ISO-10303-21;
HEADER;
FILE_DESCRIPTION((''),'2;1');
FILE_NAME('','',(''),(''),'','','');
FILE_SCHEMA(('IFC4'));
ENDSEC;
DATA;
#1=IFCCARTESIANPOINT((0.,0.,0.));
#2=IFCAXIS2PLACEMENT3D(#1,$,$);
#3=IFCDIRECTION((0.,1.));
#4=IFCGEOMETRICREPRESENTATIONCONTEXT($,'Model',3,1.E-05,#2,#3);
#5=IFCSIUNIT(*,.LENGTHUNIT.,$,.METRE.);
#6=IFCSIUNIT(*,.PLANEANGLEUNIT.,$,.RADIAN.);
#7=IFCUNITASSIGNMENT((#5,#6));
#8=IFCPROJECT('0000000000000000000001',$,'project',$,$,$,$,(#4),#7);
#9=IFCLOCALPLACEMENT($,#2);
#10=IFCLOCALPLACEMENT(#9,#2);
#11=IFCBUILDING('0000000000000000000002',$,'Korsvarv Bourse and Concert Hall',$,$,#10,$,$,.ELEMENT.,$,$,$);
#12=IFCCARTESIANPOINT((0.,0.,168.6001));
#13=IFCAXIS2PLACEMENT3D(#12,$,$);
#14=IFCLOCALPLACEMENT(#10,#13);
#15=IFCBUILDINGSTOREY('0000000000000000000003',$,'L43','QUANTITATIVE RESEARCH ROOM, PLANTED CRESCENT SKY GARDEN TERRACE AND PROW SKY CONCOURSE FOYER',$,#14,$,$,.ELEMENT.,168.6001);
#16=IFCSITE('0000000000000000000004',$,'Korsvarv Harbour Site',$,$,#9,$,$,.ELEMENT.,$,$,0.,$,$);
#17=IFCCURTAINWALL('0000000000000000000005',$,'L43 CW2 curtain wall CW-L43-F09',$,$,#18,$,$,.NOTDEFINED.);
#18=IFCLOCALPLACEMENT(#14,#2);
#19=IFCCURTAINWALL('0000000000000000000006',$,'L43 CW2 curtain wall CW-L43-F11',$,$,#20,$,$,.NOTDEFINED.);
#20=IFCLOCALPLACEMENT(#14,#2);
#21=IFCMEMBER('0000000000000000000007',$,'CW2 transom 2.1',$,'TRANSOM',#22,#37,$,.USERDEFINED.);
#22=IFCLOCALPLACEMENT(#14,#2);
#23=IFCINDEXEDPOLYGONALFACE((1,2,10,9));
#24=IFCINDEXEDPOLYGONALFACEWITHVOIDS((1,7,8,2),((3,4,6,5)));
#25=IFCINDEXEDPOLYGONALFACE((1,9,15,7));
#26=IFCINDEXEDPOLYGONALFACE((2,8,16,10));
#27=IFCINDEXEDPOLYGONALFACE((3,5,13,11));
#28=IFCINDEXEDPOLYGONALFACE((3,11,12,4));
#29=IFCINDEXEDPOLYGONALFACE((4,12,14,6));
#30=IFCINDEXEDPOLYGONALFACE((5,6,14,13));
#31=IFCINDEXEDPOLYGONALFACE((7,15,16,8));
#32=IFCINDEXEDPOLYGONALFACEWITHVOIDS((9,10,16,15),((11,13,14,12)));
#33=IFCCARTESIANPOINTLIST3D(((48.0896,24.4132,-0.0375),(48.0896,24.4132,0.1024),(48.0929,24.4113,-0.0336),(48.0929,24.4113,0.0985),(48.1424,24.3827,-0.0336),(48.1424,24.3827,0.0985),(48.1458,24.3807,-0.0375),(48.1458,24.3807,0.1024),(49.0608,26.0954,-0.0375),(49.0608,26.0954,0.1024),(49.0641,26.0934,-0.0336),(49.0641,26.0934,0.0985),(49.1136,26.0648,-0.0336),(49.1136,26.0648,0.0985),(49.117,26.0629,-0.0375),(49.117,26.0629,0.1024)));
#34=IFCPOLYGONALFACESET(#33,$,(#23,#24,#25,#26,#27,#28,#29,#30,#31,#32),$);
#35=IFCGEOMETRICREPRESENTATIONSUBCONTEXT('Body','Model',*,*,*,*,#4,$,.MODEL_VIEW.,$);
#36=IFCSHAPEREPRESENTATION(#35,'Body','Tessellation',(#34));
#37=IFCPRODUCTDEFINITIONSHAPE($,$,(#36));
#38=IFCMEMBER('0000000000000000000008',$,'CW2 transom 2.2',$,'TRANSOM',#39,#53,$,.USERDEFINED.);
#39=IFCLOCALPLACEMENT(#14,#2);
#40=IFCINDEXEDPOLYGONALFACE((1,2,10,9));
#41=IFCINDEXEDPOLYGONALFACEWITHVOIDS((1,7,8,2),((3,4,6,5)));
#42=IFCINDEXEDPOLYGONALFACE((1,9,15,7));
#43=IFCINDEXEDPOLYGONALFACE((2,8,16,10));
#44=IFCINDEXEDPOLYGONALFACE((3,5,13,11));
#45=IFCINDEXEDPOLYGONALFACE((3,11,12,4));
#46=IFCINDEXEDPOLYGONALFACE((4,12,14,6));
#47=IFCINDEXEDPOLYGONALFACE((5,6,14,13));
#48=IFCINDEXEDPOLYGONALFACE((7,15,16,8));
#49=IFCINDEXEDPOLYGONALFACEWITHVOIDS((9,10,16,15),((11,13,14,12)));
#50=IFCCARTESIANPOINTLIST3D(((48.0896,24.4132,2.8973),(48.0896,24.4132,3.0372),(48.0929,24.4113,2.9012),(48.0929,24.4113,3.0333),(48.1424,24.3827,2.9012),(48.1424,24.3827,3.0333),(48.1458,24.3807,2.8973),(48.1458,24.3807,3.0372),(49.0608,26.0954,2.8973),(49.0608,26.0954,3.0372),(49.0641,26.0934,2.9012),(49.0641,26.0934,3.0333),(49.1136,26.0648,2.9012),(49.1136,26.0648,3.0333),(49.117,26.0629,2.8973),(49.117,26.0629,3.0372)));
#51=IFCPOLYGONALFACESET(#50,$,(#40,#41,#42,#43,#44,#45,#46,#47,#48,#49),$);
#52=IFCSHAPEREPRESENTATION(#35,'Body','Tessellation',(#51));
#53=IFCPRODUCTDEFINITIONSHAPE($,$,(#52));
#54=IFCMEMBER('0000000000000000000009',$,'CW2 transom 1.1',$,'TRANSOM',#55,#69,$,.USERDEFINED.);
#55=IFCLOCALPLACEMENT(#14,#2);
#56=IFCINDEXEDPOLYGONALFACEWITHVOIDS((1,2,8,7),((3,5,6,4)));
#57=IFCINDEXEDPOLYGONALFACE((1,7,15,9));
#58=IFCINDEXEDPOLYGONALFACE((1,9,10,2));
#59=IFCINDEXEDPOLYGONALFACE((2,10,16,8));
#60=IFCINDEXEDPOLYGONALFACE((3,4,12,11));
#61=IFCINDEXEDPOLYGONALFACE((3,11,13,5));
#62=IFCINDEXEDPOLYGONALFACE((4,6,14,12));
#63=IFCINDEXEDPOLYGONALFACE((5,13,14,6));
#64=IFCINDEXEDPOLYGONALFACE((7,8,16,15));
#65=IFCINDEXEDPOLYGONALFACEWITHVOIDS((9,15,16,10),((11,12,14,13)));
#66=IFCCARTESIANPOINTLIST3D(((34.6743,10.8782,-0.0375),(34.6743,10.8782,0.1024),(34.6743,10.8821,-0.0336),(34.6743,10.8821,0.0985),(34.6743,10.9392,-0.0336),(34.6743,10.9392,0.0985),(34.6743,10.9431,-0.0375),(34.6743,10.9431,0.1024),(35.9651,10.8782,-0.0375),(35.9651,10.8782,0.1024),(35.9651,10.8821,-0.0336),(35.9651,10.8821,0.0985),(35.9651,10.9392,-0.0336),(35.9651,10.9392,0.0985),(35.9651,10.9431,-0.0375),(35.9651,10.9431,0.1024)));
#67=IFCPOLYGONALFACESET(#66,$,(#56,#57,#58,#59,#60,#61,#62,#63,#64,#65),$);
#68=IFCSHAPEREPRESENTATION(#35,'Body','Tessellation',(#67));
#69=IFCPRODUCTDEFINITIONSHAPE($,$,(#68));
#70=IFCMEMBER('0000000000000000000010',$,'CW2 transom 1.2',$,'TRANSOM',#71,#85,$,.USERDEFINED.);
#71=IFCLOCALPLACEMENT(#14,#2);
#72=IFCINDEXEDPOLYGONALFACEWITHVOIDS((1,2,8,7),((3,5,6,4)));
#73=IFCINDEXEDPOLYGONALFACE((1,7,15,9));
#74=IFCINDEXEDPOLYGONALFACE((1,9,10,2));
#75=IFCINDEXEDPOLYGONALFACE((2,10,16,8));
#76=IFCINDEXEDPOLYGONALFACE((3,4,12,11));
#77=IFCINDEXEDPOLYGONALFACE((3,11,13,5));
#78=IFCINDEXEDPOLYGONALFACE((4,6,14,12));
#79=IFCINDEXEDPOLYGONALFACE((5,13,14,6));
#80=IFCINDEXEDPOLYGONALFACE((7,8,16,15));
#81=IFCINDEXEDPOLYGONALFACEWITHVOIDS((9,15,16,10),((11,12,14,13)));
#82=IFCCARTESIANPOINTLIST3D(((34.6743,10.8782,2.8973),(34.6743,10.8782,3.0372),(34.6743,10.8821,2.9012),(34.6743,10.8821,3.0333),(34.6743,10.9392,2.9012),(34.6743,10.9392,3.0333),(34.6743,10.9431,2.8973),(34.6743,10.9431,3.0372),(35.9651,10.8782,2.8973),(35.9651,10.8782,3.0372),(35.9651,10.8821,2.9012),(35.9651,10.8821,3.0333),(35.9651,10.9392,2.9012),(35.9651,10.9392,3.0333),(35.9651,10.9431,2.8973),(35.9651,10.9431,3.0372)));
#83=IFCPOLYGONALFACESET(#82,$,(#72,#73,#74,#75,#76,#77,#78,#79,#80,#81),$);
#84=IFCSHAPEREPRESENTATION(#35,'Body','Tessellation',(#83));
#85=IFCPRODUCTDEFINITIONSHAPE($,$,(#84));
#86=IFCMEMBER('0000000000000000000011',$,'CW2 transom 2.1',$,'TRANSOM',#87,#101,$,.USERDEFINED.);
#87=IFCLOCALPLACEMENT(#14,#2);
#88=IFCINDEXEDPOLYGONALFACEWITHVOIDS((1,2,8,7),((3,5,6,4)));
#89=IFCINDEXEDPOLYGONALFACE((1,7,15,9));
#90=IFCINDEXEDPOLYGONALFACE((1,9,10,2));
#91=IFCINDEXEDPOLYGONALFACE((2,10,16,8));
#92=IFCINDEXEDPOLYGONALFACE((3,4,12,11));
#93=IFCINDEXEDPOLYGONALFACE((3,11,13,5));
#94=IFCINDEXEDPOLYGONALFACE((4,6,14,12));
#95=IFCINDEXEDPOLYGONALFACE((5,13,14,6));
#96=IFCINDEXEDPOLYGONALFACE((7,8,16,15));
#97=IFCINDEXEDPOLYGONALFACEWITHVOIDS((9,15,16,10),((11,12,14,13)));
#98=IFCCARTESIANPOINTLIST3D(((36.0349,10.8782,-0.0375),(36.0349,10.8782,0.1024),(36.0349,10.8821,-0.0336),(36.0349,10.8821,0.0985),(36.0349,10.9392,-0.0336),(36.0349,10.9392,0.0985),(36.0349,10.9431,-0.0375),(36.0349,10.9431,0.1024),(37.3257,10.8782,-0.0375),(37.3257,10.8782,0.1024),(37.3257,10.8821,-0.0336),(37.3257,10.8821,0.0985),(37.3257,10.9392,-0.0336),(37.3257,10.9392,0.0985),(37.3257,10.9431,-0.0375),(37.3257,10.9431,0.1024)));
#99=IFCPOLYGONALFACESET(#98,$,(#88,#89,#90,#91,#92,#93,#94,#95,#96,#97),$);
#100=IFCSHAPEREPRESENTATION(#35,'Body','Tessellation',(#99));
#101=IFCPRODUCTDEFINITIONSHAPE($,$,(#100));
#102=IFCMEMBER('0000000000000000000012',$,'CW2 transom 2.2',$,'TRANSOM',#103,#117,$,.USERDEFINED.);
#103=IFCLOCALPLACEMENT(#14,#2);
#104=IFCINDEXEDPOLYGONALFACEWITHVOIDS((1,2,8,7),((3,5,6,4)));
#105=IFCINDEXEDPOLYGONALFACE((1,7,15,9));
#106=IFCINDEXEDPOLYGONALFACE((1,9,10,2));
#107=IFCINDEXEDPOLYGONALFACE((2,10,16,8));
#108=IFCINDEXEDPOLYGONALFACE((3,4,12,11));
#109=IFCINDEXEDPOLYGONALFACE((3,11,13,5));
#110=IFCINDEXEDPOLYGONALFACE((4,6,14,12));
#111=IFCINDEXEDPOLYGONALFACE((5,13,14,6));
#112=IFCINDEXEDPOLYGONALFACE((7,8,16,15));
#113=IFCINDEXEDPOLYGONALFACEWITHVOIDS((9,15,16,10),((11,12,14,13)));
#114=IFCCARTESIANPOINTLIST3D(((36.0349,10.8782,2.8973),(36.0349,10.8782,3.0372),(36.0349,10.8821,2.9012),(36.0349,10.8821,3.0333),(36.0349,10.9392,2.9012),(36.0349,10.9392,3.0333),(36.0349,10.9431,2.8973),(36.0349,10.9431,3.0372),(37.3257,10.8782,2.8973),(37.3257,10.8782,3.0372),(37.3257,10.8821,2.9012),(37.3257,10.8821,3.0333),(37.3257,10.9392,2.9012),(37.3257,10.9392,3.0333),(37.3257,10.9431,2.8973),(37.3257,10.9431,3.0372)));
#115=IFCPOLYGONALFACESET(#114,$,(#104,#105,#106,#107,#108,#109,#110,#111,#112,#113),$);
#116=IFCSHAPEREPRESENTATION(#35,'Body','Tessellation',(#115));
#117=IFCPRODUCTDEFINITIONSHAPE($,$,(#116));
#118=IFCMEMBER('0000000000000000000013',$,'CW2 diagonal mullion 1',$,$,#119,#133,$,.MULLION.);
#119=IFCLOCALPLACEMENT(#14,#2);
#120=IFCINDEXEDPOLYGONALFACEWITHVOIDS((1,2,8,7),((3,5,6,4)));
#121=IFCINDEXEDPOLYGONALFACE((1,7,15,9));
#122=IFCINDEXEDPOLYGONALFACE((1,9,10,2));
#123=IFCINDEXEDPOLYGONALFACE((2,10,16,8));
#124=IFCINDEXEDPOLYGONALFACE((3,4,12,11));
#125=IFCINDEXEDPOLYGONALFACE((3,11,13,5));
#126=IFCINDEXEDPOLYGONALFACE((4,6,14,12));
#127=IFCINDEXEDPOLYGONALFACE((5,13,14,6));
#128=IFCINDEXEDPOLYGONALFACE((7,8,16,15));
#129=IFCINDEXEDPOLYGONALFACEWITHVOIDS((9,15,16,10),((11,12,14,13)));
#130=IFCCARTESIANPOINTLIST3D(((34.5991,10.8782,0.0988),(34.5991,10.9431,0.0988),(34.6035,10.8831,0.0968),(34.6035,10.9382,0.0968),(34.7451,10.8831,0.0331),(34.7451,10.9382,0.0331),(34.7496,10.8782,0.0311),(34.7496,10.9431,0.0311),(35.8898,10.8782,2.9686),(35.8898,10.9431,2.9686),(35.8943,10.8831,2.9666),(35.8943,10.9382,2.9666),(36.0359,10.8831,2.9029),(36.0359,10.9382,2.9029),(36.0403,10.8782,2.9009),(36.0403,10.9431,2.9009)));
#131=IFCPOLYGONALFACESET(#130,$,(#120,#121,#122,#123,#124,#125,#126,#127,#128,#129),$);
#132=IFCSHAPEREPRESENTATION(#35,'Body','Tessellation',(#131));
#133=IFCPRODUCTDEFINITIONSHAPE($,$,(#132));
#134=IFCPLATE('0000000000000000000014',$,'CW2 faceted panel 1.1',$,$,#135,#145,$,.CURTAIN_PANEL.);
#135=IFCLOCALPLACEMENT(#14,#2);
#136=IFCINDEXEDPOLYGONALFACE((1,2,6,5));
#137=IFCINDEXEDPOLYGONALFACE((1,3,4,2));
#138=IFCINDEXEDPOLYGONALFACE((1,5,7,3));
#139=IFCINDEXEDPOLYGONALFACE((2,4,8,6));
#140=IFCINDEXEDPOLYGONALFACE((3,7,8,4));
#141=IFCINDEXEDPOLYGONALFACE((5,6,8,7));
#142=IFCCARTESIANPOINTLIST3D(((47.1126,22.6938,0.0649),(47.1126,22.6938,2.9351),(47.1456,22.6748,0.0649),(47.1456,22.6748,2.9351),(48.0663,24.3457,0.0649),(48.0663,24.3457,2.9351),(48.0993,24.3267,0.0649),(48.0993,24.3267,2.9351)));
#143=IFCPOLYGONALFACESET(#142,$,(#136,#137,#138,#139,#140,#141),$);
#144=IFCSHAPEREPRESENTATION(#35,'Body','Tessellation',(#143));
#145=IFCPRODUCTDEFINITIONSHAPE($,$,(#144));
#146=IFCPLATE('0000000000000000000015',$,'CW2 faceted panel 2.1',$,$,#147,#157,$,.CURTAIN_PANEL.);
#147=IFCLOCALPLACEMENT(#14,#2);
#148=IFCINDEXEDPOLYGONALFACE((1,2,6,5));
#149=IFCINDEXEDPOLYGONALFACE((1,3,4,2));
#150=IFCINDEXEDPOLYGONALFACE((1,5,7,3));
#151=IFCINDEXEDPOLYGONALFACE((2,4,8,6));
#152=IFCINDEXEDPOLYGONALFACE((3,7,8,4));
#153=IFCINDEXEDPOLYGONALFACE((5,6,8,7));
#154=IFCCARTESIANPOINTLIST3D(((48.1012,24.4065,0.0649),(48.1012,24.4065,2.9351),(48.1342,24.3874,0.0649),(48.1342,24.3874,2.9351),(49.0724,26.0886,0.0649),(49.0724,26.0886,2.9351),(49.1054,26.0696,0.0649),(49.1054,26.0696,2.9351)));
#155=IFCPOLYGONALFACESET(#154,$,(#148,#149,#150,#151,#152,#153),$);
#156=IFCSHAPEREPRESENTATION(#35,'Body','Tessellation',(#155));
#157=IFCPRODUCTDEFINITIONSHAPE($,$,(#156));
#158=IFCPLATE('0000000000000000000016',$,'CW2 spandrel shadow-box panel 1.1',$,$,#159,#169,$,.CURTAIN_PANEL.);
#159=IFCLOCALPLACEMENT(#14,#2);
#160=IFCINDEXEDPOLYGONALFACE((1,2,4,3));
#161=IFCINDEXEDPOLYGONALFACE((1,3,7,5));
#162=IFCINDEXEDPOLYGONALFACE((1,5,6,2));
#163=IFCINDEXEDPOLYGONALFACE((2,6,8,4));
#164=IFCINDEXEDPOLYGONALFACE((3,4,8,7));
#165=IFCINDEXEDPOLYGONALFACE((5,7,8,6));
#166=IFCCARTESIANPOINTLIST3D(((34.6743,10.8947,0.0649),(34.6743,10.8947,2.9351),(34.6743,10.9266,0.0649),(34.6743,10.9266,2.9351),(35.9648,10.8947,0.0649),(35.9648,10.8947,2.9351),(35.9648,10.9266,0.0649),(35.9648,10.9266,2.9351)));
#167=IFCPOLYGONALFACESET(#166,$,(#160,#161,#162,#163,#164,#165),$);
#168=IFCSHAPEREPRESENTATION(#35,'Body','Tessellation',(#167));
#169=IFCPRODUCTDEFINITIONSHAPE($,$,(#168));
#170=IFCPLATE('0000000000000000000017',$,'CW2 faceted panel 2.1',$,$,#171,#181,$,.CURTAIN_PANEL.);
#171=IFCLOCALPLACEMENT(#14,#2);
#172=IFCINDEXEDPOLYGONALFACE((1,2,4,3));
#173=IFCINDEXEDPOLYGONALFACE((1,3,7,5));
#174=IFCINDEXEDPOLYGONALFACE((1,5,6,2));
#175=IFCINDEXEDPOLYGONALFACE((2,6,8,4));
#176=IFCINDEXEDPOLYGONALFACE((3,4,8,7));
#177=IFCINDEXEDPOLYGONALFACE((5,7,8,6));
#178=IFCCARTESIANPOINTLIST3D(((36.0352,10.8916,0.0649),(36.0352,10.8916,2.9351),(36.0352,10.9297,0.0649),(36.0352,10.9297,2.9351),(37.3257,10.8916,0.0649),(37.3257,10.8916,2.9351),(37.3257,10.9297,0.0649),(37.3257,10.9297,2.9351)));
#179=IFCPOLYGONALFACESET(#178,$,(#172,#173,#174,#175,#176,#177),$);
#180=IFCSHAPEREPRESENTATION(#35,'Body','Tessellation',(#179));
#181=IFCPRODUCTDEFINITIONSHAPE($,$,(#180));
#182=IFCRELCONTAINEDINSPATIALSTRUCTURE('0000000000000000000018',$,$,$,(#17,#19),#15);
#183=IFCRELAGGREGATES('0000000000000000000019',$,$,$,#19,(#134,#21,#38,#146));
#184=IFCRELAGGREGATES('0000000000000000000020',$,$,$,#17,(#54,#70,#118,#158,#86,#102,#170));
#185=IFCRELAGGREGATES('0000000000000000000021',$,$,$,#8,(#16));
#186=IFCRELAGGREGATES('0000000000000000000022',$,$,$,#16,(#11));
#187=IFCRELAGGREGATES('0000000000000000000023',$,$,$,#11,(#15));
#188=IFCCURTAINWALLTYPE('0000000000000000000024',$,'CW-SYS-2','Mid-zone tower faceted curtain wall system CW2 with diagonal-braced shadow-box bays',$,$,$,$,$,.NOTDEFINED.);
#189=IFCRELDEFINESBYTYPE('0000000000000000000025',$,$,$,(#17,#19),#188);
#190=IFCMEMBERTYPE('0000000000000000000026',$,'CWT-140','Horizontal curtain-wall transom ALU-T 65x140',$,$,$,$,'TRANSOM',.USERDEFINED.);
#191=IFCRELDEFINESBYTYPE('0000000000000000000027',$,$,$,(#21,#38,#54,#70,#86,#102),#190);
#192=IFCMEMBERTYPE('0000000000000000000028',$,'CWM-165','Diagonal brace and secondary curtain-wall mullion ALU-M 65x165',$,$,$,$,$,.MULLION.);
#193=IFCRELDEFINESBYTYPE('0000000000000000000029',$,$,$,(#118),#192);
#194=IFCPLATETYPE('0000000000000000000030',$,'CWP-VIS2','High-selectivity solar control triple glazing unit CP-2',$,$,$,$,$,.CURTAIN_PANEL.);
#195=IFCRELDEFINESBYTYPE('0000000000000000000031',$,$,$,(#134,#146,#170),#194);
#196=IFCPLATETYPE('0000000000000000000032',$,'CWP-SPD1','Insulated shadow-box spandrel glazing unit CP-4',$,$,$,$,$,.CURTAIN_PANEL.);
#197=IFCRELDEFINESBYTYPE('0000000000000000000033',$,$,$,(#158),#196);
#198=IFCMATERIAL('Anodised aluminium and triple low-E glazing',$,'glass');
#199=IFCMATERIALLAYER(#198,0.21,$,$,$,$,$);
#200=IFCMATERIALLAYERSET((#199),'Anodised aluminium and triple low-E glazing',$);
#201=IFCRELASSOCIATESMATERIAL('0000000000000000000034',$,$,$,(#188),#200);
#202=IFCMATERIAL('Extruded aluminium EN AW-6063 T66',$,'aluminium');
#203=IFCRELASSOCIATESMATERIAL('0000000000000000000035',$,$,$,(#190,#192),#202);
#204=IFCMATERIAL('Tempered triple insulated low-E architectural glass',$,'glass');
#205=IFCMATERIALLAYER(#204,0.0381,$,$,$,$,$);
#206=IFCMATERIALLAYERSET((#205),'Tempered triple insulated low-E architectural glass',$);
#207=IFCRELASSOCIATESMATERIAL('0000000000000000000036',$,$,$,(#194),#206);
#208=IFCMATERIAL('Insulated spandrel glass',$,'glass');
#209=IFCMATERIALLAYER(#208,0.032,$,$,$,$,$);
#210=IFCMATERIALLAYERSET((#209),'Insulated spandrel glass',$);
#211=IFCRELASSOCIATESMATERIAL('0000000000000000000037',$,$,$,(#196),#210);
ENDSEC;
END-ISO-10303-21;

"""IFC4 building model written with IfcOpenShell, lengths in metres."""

from ifc_helpers import new_model, si_unit, direction, frame, origin, origin_2d, place, context, subcontext, project, spatial, rectangle, hollow_rectangle, extrude, source, transform, mapped, material, layer, layer_set, material_profile, profile_set, type_object, element, aggregate, save


model = new_model("IFC4")

# Units and contexts
model_context = context("Model", 3, precision=1e-05, world=origin(), true_north=direction((0.0, 1.0)))
body_context = subcontext(model_context, "Body", "Model", "MODEL_VIEW")
ifc_project = project(units=[si_unit("LENGTHUNIT", "METRE"), si_unit("PLANEANGLEUNIT", "RADIAN")], contexts=[model_context])

# Site, building, storey
site_placement = place(None, origin())
site = spatial("IfcSite", under=ifc_project, at=site_placement, Name="Korsvarv Harbour Site", CompositionType="ELEMENT", RefElevation=0.0)
building_placement = place(site_placement, origin())
building = spatial("IfcBuilding", under=site, at=building_placement, Name="Korsvarv Bourse and Concert Hall", CompositionType="ELEMENT")
storey_placement = place(building_placement, frame((0.0, 0.0, 168.6001)))
storey = spatial("IfcBuildingStorey", under=building, at=storey_placement, Name="L43", Description="QUANTITATIVE RESEARCH ROOM, PLANTED CRESCENT SKY GARDEN TERRACE AND PROW SKY CONCOURSE FOYER", CompositionType="ELEMENT", Elevation=168.6001)

# Curtain walls, members
ifc_material_1 = material(Name="Anodised aluminium and triple low-E glazing", Category="glass")
ifc_layer_1 = layer(ifc_material_1, 0.21)
ifc_layer_set_1 = layer_set([ifc_layer_1], Name="Anodised aluminium and triple low-E glazing")
curtain_wall_type = type_object("IfcCurtainWallType", Name="CW-SYS-2", Description="Mid-zone tower faceted curtain wall system CW2 with diagonal-braced shadow-box bays", PredefinedType="NOTDEFINED", material=ifc_layer_set_1)
curtain_wall_1_placement = place(storey_placement, origin())
curtain_wall_1 = element("IfcCurtainWall", 1, at=curtain_wall_1_placement, inside=storey, type_object=curtain_wall_type, Name="L43 CW2 curtain wall CW-L43-F09", PredefinedType="NOTDEFINED")
ifc_material_2 = material(Name="Extruded aluminium EN AW-6063 T66", Category="aluminium")
curtain_wall_2_placement = place(storey_placement, origin())
curtain_wall_2 = element("IfcCurtainWall", 2, at=curtain_wall_2_placement, inside=storey, type_object=curtain_wall_type, Name="L43 CW2 curtain wall CW-L43-F11", PredefinedType="NOTDEFINED")
ifc_material_profile_1 = material_profile(ifc_material_2, hollow_rectangle(XDim=0.0649, YDim=0.1399, WallThickness=0.0039, at=origin_2d()), Name="ALU-T 65x140")
ifc_profile_set_1 = profile_set([ifc_material_profile_1], Name="Extruded aluminium EN AW-6063 T66")
member_type_1 = type_object("IfcMemberType", Name="CWT-140", Description="Horizontal curtain-wall transom ALU-T 65x140", ElementType="TRANSOM", PredefinedType="USERDEFINED", material=ifc_profile_set_1)
shared_shape_1 = source(origin(), body_context, "Body", "SweptSolid", [
    extrude(hollow_rectangle(XDim=0.0649, YDim=0.1399, WallThickness=0.0039, at=origin_2d()), origin(), (0.0, 0.0, 1.0), 1.9424),
])
member_1_placement = place(storey_placement, frame((48.1177, 24.397, 0.0325), z_axis=(0.500005, 0.866022, 0.0), x_axis=(-0.866022, 0.500005, 0.0)))
member_1 = element("IfcMember", 3, at=member_1_placement, type_object=member_type_1, Name="CW2 transom 2.1", ObjectType="TRANSOM", PredefinedType="USERDEFINED", context=body_context, shape_type="MappedRepresentation", body=[
    mapped(shared_shape_1, transform((0.0, 0.0, 0.0), scale=1.0)),
])
member_2_placement = place(storey_placement, frame((48.1177, 24.397, 2.9673), z_axis=(0.500005, 0.866022, 0.0), x_axis=(-0.866022, 0.500005, 0.0)))
member_2 = element("IfcMember", 4, at=member_2_placement, type_object=member_type_1, Name="CW2 transom 2.2", ObjectType="TRANSOM", PredefinedType="USERDEFINED", context=body_context, shape_type="MappedRepresentation", body=[
    mapped(shared_shape_1, transform((0.0, 0.0, 0.0), scale=1.0)),
])

# Members
shared_shape_2 = source(origin(), body_context, "Body", "SweptSolid", [
    extrude(hollow_rectangle(XDim=0.0649, YDim=0.1399, WallThickness=0.0039, at=origin_2d()), origin(), (0.0, 0.0, 1.0), 1.2908),
])
member_3_placement = place(storey_placement, frame((34.6743, 10.9106, 0.0325), z_axis=(1.0, 0.0, 0.0), x_axis=(0.0, 1.0, 0.0)))
member_3 = element("IfcMember", 5, at=member_3_placement, type_object=member_type_1, Name="CW2 transom 1.1", ObjectType="TRANSOM", PredefinedType="USERDEFINED", context=body_context, shape_type="MappedRepresentation", body=[
    mapped(shared_shape_2, transform((0.0, 0.0, 0.0), scale=1.0)),
])
member_4_placement = place(storey_placement, frame((34.6743, 10.9106, 2.9673), z_axis=(1.0, 0.0, 0.0), x_axis=(0.0, 1.0, 0.0)))
member_4 = element("IfcMember", 6, at=member_4_placement, type_object=member_type_1, Name="CW2 transom 1.2", ObjectType="TRANSOM", PredefinedType="USERDEFINED", context=body_context, shape_type="MappedRepresentation", body=[
    mapped(shared_shape_2, transform((0.0, 0.0, 0.0), scale=1.0)),
])
member_5_placement = place(storey_placement, frame((36.0349, 10.9106, 0.0325), z_axis=(1.0, 0.0, 0.0), x_axis=(0.0, 1.0, 0.0)))
member_5 = element("IfcMember", 7, at=member_5_placement, type_object=member_type_1, Name="CW2 transom 2.1", ObjectType="TRANSOM", PredefinedType="USERDEFINED", context=body_context, shape_type="MappedRepresentation", body=[
    mapped(shared_shape_2, transform((0.0, 0.0, 0.0), scale=1.0)),
])
member_6_placement = place(storey_placement, frame((36.0349, 10.9106, 2.9673), z_axis=(1.0, 0.0, 0.0), x_axis=(0.0, 1.0, 0.0)))
member_6 = element("IfcMember", 8, at=member_6_placement, type_object=member_type_1, Name="CW2 transom 2.2", ObjectType="TRANSOM", PredefinedType="USERDEFINED", context=body_context, shape_type="MappedRepresentation", body=[
    mapped(shared_shape_2, transform((0.0, 0.0, 0.0), scale=1.0)),
])
ifc_material_profile_2 = material_profile(ifc_material_2, hollow_rectangle(XDim=0.0649, YDim=0.165, WallThickness=0.0049, at=origin_2d()), Name="ALU-M 65x165")
ifc_profile_set_2 = profile_set([ifc_material_profile_2], Name="Extruded aluminium EN AW-6063 T66")
member_type_2 = type_object("IfcMemberType", Name="CWM-165", Description="Diagonal brace and secondary curtain-wall mullion ALU-M 65x165", PredefinedType="MULLION", material=ifc_profile_set_2)
shared_shape_3 = source(origin(), body_context, "Body", "SweptSolid", [
    extrude(hollow_rectangle(XDim=0.0649, YDim=0.165, WallThickness=0.0049, at=origin_2d()), origin(), (0.0, 0.0, 1.0), 3.1467),
])
member_7_placement = place(storey_placement, frame((34.6743, 10.9106, 0.0649), z_axis=(0.410187, 0.0, 0.912001), x_axis=(0.0, 1.0, 0.0)))
member_7 = element("IfcMember", 9, at=member_7_placement, type_object=member_type_2, Name="CW2 diagonal mullion 1", PredefinedType="MULLION", context=body_context, shape_type="MappedRepresentation", body=[
    mapped(shared_shape_3, transform((0.0, 0.0, 0.0), scale=1.0)),
])

# Plates
ifc_material_3 = material(Name="Tempered triple insulated low-E architectural glass", Category="glass")
ifc_layer_2 = layer(ifc_material_3, 0.0381)
ifc_layer_set_2 = layer_set([ifc_layer_2], Name="Tempered triple insulated low-E architectural glass")
plate_type_1 = type_object("IfcPlateType", Name="CWP-VIS2", Description="High-selectivity solar control triple glazing unit CP-2", PredefinedType="CURTAIN_PANEL", material=ifc_layer_set_2)
shared_shape_4 = source(origin(), body_context, "Body", "SweptSolid", [
    extrude(rectangle(XDim=1.9075, YDim=0.0381, at=origin_2d()), origin(), (0.0, 0.0, 1.0), 2.8701),
])
plate_1_placement = place(storey_placement, frame((47.606, 23.5103, 0.0649), z_axis=(0.0, 0.0, 1.0), x_axis=(0.500005, 0.866023, 0.0)))
plate_1 = element("IfcPlate", 10, at=plate_1_placement, type_object=plate_type_1, Name="CW2 faceted panel 1.1", PredefinedType="CURTAIN_PANEL", context=body_context, shape_type="MappedRepresentation", body=[
    mapped(shared_shape_4, transform((0.0, 0.0, 0.0), scale=1.0)),
])
shared_shape_5 = source(origin(), body_context, "Body", "SweptSolid", [
    extrude(rectangle(XDim=1.9424, YDim=0.0381, at=origin_2d()), origin(), (0.0, 0.0, 1.0), 2.8701),
])
plate_2_placement = place(storey_placement, frame((48.6033, 25.238, 0.0649), z_axis=(0.0, 0.0, 1.0), x_axis=(0.500005, 0.866023, 0.0)))
plate_2 = element("IfcPlate", 11, at=plate_2_placement, type_object=plate_type_1, Name="CW2 faceted panel 2.1", PredefinedType="CURTAIN_PANEL", context=body_context, shape_type="MappedRepresentation", body=[
    mapped(shared_shape_5, transform((0.0, 0.0, 0.0), scale=1.0)),
])
aggregate(curtain_wall_2, [plate_1, member_1, member_2, plate_2])
ifc_material_4 = material(Name="Insulated spandrel glass", Category="glass")
ifc_layer_3 = layer(ifc_material_4, 0.032)
ifc_layer_set_3 = layer_set([ifc_layer_3], Name="Insulated spandrel glass")
plate_type_2 = type_object("IfcPlateType", Name="CWP-SPD1", Description="Insulated shadow-box spandrel glazing unit CP-4", PredefinedType="CURTAIN_PANEL", material=ifc_layer_set_3)
shared_shape_6 = source(origin(), body_context, "Body", "SweptSolid", [
    extrude(rectangle(XDim=1.2905, YDim=0.032, at=origin_2d()), origin(), (0.0, 0.0, 1.0), 2.8701),
])
plate_3_placement = place(storey_placement, frame((35.3196, 10.9106, 0.0649), z_axis=(0.0, 0.0, 1.0), x_axis=(1.0, 0.0, 0.0)))
plate_3 = element("IfcPlate", 12, at=plate_3_placement, type_object=plate_type_2, Name="CW2 spandrel shadow-box panel 1.1", PredefinedType="CURTAIN_PANEL", context=body_context, shape_type="MappedRepresentation", body=[
    mapped(shared_shape_6, transform((0.0, 0.0, 0.0), scale=1.0)),
])
shared_shape_7 = source(origin(), body_context, "Body", "SweptSolid", [
    extrude(rectangle(XDim=1.2905, YDim=0.0381, at=origin_2d()), origin(), (0.0, 0.0, 1.0), 2.8701),
])
plate_4_placement = place(storey_placement, frame((36.6804, 10.9106, 0.0649), z_axis=(0.0, 0.0, 1.0), x_axis=(1.0, 0.0, 0.0)))
plate_4 = element("IfcPlate", 13, at=plate_4_placement, type_object=plate_type_1, Name="CW2 faceted panel 2.1", PredefinedType="CURTAIN_PANEL", context=body_context, shape_type="MappedRepresentation", body=[
    mapped(shared_shape_7, transform((0.0, 0.0, 0.0), scale=1.0)),
])
aggregate(curtain_wall_1, [member_3, member_4, member_7, plate_3, member_5, member_6, plate_4])

save(model, "model.ifc")
